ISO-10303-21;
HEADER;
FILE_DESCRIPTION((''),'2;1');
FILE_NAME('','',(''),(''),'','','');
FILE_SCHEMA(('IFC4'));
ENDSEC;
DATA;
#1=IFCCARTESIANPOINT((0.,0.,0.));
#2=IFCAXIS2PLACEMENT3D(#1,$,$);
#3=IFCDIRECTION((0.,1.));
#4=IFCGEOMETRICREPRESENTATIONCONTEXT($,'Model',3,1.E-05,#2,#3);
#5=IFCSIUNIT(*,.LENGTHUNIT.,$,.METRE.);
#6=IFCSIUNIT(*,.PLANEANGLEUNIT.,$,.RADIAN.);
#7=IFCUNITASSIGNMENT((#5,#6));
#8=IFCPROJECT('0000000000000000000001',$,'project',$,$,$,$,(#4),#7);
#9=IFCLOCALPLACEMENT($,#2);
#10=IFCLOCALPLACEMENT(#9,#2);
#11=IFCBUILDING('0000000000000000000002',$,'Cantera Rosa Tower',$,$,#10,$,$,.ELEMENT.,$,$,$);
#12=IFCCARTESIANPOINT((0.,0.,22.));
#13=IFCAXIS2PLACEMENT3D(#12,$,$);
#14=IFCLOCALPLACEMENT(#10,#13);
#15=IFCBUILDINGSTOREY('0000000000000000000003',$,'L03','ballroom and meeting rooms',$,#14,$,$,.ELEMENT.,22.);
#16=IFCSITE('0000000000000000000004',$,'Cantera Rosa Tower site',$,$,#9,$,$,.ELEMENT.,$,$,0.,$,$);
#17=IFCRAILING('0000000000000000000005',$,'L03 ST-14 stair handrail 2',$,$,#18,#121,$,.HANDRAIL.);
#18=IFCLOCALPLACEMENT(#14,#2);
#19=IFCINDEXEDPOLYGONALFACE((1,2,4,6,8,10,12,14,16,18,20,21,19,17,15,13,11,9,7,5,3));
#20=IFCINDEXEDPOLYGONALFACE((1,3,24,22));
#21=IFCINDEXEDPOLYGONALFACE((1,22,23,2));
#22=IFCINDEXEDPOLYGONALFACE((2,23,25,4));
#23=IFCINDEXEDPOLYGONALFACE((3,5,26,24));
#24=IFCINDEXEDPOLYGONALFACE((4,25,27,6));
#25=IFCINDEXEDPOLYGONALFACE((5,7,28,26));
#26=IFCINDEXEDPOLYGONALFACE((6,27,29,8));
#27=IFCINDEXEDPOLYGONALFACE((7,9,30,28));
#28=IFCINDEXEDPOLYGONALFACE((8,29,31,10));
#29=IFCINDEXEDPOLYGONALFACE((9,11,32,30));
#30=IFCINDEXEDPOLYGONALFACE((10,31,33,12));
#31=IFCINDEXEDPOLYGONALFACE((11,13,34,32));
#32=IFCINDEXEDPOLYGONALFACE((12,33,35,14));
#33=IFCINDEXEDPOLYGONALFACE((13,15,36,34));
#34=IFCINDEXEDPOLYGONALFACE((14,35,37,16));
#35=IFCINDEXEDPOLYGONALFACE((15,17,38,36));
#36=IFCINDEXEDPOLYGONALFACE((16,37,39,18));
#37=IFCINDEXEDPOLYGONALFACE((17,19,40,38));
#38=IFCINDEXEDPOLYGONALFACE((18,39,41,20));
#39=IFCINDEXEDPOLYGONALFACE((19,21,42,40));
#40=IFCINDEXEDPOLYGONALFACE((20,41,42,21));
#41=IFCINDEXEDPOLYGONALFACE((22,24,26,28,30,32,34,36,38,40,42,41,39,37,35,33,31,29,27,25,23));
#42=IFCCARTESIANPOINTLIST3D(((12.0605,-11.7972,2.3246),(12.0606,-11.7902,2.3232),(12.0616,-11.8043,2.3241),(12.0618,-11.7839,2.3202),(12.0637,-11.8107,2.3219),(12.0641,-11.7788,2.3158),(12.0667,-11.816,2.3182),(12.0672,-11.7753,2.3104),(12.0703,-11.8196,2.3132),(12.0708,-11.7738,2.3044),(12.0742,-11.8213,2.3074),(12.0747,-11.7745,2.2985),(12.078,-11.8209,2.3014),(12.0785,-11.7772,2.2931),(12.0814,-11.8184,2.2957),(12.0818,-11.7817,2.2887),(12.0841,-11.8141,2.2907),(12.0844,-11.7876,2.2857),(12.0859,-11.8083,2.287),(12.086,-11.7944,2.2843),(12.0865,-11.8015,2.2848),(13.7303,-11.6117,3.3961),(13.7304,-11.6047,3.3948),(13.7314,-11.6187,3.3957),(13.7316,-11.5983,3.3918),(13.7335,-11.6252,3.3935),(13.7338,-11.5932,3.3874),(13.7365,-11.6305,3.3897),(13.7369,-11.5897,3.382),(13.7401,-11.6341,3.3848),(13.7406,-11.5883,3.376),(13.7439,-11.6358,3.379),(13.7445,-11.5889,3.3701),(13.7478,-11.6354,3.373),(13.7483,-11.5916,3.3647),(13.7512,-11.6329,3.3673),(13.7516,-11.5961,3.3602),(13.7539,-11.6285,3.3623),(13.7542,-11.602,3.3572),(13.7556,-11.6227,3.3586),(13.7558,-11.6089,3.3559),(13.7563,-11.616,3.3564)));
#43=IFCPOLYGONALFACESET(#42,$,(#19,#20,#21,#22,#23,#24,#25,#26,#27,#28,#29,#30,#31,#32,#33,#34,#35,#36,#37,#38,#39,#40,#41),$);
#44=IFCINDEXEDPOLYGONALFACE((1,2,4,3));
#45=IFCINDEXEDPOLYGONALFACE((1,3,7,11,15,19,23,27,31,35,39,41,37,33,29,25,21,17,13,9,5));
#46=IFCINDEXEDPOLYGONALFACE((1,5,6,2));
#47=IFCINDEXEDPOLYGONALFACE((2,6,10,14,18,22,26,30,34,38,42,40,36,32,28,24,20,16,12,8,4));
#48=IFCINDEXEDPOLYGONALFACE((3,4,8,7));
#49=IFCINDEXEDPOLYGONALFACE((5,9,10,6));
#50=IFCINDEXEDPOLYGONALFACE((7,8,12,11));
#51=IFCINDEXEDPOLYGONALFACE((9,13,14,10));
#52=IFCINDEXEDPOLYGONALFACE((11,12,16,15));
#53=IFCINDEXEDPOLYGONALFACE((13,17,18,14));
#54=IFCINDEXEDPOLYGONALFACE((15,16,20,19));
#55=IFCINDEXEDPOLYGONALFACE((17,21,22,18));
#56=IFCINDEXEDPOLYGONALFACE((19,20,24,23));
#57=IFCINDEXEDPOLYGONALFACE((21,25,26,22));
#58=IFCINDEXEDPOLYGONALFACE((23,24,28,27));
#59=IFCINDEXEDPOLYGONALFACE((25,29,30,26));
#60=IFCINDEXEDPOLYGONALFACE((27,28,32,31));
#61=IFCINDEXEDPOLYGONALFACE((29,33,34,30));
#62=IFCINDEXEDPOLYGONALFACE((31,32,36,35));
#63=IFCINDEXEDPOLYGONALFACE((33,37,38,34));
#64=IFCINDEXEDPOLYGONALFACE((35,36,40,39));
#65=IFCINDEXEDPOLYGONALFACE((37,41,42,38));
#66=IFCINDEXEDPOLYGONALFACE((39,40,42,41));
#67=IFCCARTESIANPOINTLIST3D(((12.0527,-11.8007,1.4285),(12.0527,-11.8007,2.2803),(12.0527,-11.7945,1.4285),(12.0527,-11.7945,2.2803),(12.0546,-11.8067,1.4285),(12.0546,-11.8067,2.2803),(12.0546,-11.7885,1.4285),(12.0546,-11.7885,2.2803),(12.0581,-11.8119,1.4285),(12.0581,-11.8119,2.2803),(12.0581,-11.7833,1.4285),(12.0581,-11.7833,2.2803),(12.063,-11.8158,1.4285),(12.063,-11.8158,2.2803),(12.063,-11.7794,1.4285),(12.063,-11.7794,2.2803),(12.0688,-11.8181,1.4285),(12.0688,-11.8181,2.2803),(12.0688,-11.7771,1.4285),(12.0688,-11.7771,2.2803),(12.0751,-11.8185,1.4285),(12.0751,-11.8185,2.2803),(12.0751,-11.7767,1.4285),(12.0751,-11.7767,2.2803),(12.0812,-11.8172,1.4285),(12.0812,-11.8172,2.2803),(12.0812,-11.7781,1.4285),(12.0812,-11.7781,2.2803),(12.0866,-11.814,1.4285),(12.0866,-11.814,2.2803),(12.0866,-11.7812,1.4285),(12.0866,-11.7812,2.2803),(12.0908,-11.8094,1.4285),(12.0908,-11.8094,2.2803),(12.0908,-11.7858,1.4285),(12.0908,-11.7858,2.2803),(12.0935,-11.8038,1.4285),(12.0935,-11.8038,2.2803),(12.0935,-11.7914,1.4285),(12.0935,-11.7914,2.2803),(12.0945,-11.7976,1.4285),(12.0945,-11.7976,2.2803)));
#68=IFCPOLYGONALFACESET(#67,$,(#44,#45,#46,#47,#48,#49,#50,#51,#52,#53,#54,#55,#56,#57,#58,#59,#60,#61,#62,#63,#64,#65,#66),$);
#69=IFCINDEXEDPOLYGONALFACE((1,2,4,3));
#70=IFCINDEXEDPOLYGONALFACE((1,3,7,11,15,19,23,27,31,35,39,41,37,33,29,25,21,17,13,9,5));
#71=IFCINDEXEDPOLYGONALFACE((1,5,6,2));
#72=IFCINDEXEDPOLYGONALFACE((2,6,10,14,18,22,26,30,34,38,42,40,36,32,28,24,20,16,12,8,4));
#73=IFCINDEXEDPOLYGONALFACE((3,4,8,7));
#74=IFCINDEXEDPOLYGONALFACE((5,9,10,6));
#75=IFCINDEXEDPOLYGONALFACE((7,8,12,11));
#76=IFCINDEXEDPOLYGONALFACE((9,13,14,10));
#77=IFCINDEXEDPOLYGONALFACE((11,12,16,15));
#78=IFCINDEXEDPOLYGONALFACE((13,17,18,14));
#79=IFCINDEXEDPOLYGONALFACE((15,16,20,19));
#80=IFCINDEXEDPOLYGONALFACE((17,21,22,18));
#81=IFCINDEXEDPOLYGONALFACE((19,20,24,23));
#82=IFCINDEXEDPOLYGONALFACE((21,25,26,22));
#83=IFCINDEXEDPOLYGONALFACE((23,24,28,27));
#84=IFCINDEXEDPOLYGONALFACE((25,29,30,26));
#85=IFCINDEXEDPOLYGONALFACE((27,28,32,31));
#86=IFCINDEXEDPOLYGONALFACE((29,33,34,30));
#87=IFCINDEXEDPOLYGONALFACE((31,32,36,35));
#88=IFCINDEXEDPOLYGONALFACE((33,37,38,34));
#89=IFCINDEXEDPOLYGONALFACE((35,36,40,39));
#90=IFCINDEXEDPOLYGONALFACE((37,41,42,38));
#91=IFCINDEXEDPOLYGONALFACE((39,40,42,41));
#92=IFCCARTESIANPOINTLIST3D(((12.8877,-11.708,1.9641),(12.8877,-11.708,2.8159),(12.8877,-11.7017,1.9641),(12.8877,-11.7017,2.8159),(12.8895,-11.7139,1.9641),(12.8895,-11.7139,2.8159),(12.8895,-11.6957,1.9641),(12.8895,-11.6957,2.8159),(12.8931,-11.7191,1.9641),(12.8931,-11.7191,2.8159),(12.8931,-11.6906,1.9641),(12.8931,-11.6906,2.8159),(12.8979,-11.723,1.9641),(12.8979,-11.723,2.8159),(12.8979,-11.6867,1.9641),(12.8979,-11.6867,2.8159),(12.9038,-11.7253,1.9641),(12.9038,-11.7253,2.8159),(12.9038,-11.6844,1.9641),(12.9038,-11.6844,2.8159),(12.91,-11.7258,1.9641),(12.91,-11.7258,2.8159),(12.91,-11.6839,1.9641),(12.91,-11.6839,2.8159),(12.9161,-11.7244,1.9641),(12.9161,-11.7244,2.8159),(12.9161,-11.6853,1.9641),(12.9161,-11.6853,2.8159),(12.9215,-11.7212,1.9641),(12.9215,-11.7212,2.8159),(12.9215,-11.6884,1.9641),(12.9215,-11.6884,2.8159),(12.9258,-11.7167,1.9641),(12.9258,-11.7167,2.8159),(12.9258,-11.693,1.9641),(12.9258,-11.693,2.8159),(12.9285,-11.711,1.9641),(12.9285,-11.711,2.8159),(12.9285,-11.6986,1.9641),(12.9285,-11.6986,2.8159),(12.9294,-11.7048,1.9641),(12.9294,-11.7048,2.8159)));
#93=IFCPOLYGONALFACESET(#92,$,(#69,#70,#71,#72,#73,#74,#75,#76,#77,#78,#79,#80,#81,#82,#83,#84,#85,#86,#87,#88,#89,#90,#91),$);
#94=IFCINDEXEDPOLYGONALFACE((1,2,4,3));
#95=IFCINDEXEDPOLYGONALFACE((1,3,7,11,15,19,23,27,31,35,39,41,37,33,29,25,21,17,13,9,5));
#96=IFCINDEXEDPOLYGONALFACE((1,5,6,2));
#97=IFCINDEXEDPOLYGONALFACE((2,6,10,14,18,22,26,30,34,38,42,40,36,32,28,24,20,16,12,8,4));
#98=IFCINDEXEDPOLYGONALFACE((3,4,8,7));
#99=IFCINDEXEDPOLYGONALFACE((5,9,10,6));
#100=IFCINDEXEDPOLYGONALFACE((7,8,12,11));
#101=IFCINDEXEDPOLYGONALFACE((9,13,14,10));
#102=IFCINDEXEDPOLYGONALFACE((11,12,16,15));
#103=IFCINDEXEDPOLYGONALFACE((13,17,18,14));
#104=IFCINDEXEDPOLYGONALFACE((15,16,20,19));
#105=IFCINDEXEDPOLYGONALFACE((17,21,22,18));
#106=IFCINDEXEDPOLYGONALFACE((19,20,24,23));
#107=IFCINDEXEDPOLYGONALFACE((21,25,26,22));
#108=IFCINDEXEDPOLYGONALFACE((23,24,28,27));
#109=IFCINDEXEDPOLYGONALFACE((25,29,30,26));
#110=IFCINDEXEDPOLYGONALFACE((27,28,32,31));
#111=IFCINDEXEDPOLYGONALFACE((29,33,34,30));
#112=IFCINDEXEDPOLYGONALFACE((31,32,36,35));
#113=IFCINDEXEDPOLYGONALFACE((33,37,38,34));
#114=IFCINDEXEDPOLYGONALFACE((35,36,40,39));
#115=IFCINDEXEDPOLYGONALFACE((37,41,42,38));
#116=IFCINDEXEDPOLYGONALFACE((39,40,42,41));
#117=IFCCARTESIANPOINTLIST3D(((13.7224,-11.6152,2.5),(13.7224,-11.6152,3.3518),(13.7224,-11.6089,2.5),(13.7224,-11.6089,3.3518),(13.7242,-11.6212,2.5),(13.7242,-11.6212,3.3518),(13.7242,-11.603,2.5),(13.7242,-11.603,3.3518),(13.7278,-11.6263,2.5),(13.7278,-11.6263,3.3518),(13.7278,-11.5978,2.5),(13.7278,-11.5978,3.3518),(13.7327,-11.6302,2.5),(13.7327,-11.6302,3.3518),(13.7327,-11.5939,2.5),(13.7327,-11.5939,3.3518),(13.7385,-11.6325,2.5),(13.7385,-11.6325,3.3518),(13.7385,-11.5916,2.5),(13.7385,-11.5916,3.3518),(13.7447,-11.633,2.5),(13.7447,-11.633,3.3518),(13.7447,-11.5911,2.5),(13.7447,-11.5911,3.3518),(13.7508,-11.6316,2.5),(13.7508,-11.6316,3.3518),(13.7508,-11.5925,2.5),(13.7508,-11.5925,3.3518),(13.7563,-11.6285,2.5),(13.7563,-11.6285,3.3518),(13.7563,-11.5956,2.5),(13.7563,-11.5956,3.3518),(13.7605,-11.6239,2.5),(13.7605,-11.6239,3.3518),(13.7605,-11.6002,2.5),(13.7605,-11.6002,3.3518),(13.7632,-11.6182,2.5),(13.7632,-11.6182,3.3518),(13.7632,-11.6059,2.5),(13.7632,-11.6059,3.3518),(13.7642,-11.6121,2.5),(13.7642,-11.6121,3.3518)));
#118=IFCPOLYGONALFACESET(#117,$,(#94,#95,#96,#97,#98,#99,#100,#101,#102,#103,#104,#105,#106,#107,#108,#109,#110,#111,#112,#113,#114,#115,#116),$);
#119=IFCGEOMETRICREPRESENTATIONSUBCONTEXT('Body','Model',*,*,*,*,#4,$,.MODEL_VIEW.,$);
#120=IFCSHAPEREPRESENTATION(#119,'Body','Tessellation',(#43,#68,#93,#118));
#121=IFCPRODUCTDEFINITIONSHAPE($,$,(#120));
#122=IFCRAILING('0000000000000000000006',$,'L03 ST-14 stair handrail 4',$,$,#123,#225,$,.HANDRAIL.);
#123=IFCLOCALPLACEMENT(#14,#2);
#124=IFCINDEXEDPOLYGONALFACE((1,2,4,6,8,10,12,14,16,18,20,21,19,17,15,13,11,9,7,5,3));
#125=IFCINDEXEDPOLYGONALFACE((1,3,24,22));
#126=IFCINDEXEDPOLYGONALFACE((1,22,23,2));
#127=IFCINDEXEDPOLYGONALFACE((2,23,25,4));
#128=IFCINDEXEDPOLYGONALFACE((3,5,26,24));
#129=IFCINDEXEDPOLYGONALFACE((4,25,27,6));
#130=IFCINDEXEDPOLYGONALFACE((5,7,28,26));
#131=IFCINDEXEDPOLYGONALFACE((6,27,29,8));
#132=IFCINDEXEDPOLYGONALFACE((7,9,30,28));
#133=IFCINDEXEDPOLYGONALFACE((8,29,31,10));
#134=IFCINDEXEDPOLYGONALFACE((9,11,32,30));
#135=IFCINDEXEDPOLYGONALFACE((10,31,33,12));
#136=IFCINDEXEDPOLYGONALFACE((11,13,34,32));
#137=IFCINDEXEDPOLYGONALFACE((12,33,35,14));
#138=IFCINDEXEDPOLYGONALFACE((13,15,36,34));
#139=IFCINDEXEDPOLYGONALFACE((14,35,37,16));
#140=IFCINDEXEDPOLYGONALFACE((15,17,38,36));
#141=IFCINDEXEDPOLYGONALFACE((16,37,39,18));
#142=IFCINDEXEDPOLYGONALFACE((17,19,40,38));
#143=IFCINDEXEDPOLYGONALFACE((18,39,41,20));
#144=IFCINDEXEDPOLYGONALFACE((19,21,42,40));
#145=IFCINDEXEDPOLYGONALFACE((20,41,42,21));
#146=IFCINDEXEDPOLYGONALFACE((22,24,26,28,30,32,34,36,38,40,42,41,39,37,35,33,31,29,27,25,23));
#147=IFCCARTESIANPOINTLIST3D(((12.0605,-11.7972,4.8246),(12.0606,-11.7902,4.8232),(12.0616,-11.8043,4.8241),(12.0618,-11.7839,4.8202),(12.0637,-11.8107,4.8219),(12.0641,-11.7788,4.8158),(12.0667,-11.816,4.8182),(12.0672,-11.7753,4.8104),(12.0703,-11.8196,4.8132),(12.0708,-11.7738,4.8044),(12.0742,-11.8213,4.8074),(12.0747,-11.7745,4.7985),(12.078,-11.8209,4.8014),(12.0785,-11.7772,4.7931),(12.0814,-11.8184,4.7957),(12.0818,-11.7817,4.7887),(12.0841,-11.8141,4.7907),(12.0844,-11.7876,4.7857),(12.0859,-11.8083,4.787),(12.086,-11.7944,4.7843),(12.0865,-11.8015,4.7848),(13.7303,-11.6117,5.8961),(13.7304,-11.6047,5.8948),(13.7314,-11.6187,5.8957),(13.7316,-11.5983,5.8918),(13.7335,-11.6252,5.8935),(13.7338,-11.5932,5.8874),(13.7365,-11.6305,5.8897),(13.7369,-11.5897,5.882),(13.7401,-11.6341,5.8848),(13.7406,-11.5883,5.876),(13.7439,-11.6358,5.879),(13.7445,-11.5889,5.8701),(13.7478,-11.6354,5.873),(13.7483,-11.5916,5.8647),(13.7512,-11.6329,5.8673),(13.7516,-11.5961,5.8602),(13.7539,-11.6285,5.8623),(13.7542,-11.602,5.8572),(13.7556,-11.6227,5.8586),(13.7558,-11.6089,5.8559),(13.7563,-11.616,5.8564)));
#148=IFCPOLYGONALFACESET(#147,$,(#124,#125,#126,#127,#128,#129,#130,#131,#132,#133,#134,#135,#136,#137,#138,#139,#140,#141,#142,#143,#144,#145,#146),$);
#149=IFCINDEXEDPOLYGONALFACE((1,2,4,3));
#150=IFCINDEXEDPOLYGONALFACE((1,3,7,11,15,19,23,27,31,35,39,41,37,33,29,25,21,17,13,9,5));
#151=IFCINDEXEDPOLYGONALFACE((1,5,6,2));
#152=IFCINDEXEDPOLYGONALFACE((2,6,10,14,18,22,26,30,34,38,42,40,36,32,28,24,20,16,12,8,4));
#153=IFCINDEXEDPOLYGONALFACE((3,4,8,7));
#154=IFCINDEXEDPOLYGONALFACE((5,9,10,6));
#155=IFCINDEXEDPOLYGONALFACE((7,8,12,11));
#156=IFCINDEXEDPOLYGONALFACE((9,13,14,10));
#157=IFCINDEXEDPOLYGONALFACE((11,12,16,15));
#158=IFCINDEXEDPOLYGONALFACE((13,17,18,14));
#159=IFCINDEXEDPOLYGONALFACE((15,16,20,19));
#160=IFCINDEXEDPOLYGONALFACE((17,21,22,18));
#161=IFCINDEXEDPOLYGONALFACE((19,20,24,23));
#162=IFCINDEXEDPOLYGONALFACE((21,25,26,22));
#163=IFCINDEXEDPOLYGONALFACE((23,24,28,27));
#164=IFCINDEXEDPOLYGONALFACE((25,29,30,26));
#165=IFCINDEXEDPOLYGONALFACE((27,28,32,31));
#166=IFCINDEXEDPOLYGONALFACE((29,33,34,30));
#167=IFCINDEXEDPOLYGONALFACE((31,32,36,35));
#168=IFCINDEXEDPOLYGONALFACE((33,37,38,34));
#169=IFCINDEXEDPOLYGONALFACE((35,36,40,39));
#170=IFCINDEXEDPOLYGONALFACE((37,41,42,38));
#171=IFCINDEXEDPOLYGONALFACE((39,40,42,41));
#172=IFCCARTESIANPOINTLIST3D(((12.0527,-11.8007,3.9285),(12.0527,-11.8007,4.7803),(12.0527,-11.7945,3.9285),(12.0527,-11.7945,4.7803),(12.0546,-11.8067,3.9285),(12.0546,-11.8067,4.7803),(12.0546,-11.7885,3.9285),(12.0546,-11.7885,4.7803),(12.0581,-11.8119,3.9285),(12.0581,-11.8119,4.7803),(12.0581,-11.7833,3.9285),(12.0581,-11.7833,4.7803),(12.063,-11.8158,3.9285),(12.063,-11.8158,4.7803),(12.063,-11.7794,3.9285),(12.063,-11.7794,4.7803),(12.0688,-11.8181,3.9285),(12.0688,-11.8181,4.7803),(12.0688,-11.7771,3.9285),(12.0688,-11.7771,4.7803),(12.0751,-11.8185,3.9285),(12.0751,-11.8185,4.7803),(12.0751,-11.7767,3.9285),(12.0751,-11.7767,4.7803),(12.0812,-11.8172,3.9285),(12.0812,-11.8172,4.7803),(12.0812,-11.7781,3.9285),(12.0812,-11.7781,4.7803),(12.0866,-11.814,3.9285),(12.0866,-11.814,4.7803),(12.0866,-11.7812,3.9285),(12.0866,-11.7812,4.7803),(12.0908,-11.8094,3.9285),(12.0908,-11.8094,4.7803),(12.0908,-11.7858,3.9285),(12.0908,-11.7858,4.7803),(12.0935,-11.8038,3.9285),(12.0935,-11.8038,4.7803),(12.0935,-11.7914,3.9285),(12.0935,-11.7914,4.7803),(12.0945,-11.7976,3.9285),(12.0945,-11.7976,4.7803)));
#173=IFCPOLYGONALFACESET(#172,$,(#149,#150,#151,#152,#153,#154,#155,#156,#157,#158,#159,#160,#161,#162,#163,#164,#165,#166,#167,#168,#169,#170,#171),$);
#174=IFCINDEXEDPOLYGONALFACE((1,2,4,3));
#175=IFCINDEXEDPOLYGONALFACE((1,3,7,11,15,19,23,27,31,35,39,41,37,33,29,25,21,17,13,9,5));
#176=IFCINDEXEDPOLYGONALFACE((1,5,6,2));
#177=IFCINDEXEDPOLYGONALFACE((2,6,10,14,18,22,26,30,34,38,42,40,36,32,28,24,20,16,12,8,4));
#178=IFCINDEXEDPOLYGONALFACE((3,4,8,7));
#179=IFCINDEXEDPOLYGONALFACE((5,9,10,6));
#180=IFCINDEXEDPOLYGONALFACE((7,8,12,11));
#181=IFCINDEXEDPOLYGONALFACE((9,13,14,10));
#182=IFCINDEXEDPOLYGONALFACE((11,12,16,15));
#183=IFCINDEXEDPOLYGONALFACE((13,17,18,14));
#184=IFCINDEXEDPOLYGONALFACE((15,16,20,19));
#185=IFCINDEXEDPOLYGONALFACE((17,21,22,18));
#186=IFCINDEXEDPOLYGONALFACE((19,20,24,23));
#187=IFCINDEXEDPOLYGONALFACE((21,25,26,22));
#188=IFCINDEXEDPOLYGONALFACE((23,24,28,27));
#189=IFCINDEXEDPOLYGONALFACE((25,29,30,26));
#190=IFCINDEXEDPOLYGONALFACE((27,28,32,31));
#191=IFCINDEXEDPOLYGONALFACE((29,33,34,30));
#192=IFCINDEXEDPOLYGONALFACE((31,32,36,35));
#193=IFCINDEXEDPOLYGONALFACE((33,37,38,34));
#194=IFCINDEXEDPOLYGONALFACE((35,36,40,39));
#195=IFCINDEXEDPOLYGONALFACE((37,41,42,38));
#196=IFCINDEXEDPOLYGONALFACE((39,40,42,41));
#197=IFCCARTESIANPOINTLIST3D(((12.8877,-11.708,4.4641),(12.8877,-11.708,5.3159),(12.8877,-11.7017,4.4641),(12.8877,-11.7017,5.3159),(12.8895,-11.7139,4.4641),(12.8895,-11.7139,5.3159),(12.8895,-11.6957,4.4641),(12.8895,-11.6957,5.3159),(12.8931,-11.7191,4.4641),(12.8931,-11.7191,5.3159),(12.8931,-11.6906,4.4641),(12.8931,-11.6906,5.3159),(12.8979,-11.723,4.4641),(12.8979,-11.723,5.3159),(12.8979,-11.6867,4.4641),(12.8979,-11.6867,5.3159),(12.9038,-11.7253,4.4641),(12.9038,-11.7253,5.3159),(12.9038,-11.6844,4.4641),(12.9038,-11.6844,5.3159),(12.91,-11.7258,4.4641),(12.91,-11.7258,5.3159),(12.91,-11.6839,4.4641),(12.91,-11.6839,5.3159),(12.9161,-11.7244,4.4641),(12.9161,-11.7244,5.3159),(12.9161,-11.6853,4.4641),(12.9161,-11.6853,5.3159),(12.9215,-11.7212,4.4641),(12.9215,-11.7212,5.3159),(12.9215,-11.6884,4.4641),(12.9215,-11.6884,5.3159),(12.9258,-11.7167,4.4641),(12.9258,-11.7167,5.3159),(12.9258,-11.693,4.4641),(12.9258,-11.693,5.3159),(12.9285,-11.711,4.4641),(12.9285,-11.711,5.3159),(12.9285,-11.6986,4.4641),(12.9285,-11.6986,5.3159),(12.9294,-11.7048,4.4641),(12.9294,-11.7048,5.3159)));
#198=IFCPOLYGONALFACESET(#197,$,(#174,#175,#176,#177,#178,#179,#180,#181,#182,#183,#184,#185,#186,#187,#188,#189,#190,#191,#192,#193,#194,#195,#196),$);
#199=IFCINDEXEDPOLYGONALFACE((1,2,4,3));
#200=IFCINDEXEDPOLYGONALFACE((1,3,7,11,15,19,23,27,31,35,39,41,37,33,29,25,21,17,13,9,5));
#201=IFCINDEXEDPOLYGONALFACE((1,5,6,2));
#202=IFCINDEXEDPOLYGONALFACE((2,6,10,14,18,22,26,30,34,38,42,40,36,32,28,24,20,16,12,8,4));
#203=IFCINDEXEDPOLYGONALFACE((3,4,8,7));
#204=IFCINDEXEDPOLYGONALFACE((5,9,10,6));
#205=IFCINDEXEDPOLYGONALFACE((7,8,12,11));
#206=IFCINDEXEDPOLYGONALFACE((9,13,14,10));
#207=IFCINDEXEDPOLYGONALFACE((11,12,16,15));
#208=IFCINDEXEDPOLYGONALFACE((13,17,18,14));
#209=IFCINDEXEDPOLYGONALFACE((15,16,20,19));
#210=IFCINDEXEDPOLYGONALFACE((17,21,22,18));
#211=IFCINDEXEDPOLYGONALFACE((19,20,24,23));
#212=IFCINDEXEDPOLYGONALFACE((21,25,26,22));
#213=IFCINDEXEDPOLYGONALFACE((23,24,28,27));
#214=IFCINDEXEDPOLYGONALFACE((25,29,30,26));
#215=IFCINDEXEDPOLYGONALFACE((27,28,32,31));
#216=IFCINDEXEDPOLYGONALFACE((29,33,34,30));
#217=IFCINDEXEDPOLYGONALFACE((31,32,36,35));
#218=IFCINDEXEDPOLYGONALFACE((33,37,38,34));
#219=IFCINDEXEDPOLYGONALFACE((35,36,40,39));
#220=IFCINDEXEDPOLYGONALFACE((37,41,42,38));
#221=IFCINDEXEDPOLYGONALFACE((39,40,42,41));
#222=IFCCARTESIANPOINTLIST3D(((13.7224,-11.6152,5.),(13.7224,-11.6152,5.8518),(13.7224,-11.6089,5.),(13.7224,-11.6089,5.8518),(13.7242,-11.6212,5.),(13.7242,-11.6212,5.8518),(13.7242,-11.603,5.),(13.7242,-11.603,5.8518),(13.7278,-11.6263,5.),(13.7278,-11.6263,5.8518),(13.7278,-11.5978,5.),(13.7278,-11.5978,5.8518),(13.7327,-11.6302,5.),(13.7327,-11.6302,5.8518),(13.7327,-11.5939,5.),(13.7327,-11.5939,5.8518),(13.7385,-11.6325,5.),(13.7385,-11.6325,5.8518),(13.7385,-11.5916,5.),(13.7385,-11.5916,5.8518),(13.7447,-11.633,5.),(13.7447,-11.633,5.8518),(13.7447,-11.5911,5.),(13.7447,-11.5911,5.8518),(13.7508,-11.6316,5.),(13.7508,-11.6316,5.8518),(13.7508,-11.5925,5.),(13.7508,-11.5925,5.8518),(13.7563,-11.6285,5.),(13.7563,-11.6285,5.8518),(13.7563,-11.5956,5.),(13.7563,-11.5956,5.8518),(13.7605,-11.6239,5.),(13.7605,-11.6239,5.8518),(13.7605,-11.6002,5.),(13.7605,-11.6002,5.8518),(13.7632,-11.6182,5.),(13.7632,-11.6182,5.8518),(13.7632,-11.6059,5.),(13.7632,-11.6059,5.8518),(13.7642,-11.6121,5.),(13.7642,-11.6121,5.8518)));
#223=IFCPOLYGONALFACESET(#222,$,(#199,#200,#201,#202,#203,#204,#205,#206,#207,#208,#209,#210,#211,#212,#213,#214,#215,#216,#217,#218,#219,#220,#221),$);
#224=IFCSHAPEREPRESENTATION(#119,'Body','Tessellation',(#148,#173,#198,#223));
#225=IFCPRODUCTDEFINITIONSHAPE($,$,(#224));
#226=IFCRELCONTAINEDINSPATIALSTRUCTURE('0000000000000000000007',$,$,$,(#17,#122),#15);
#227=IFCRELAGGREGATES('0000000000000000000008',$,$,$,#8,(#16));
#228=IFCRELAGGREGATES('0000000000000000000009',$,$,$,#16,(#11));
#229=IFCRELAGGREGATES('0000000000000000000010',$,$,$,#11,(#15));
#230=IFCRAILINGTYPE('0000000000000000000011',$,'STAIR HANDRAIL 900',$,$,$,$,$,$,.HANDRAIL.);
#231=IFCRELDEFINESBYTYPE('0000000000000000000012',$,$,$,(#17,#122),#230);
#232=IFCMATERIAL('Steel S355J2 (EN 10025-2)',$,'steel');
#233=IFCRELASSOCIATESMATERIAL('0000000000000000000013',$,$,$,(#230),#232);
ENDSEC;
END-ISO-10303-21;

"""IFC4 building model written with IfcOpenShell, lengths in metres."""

from ifc_helpers import new_model, si_unit, direction, frame, origin, origin_2d, place, context, subcontext, project, spatial, circle, extrude, material, type_object, element, save


model = new_model("IFC4")

# Units and contexts
model_context = context("Model", 3, precision=1e-05, world=origin(), true_north=direction((0.0, 1.0)))
body_context = subcontext(model_context, "Body", "Model", "MODEL_VIEW")
ifc_project = project(units=[si_unit("LENGTHUNIT", "METRE"), si_unit("PLANEANGLEUNIT", "RADIAN")], contexts=[model_context])

# Site, building, storey
site_placement = place(None, origin())
site = spatial("IfcSite", under=ifc_project, at=site_placement, Name="Cantera Rosa Tower site", CompositionType="ELEMENT", RefElevation=0.0)
building_placement = place(site_placement, origin())
building = spatial("IfcBuilding", under=site, at=building_placement, Name="Cantera Rosa Tower", CompositionType="ELEMENT")
storey_placement = place(building_placement, frame((0.0, 0.0, 22.0)))
storey = spatial("IfcBuildingStorey", under=building, at=storey_placement, Name="L03", Description="ballroom and meeting rooms", CompositionType="ELEMENT", Elevation=22.0)

# Railings
ifc_material_1 = material(Name="Steel S355J2 (EN 10025-2)", Category="steel")
railing_type_1 = type_object("IfcRailingType", Name="STAIR HANDRAIL 900", PredefinedType="HANDRAIL", material=ifc_material_1)
for number, where, name in (
    (1, (12.0735, -11.7976, 1.4285), "L03 ST-14 stair handrail 2"),
    (2, (12.0735, -11.7976, 3.9285), "L03 ST-14 stair handrail 4"),
):
    element("IfcRailing", number, at=place(storey_placement, frame(where)), inside=storey, type_object=railing_type_1, Name=name, PredefinedType="HANDRAIL", context=body_context, shape_type="SweptSolid", body=[
        extrude(circle(Radius=0.0239, at=origin_2d()), frame((0.0, 0.0, 0.876), z_axis=(0.837941, 0.093118, 0.537758), x_axis=(-0.110447, 0.993882, 0.0)), (0.0, 0.0, 1.0), 1.9927),
        extrude(circle(Radius=0.021, at=origin_2d()), origin(), (0.0, 0.0, 1.0), 0.8518),
        extrude(circle(Radius=0.021, at=origin_2d()), frame((0.835, 0.0928, 0.5356)), (0.0, 0.0, 1.0), 0.8518),
        extrude(circle(Radius=0.021, at=origin_2d()), frame((1.6697, 0.1855, 1.0715)), (0.0, 0.0, 1.0), 0.8518),
    ])

save(model, "model.ifc")
